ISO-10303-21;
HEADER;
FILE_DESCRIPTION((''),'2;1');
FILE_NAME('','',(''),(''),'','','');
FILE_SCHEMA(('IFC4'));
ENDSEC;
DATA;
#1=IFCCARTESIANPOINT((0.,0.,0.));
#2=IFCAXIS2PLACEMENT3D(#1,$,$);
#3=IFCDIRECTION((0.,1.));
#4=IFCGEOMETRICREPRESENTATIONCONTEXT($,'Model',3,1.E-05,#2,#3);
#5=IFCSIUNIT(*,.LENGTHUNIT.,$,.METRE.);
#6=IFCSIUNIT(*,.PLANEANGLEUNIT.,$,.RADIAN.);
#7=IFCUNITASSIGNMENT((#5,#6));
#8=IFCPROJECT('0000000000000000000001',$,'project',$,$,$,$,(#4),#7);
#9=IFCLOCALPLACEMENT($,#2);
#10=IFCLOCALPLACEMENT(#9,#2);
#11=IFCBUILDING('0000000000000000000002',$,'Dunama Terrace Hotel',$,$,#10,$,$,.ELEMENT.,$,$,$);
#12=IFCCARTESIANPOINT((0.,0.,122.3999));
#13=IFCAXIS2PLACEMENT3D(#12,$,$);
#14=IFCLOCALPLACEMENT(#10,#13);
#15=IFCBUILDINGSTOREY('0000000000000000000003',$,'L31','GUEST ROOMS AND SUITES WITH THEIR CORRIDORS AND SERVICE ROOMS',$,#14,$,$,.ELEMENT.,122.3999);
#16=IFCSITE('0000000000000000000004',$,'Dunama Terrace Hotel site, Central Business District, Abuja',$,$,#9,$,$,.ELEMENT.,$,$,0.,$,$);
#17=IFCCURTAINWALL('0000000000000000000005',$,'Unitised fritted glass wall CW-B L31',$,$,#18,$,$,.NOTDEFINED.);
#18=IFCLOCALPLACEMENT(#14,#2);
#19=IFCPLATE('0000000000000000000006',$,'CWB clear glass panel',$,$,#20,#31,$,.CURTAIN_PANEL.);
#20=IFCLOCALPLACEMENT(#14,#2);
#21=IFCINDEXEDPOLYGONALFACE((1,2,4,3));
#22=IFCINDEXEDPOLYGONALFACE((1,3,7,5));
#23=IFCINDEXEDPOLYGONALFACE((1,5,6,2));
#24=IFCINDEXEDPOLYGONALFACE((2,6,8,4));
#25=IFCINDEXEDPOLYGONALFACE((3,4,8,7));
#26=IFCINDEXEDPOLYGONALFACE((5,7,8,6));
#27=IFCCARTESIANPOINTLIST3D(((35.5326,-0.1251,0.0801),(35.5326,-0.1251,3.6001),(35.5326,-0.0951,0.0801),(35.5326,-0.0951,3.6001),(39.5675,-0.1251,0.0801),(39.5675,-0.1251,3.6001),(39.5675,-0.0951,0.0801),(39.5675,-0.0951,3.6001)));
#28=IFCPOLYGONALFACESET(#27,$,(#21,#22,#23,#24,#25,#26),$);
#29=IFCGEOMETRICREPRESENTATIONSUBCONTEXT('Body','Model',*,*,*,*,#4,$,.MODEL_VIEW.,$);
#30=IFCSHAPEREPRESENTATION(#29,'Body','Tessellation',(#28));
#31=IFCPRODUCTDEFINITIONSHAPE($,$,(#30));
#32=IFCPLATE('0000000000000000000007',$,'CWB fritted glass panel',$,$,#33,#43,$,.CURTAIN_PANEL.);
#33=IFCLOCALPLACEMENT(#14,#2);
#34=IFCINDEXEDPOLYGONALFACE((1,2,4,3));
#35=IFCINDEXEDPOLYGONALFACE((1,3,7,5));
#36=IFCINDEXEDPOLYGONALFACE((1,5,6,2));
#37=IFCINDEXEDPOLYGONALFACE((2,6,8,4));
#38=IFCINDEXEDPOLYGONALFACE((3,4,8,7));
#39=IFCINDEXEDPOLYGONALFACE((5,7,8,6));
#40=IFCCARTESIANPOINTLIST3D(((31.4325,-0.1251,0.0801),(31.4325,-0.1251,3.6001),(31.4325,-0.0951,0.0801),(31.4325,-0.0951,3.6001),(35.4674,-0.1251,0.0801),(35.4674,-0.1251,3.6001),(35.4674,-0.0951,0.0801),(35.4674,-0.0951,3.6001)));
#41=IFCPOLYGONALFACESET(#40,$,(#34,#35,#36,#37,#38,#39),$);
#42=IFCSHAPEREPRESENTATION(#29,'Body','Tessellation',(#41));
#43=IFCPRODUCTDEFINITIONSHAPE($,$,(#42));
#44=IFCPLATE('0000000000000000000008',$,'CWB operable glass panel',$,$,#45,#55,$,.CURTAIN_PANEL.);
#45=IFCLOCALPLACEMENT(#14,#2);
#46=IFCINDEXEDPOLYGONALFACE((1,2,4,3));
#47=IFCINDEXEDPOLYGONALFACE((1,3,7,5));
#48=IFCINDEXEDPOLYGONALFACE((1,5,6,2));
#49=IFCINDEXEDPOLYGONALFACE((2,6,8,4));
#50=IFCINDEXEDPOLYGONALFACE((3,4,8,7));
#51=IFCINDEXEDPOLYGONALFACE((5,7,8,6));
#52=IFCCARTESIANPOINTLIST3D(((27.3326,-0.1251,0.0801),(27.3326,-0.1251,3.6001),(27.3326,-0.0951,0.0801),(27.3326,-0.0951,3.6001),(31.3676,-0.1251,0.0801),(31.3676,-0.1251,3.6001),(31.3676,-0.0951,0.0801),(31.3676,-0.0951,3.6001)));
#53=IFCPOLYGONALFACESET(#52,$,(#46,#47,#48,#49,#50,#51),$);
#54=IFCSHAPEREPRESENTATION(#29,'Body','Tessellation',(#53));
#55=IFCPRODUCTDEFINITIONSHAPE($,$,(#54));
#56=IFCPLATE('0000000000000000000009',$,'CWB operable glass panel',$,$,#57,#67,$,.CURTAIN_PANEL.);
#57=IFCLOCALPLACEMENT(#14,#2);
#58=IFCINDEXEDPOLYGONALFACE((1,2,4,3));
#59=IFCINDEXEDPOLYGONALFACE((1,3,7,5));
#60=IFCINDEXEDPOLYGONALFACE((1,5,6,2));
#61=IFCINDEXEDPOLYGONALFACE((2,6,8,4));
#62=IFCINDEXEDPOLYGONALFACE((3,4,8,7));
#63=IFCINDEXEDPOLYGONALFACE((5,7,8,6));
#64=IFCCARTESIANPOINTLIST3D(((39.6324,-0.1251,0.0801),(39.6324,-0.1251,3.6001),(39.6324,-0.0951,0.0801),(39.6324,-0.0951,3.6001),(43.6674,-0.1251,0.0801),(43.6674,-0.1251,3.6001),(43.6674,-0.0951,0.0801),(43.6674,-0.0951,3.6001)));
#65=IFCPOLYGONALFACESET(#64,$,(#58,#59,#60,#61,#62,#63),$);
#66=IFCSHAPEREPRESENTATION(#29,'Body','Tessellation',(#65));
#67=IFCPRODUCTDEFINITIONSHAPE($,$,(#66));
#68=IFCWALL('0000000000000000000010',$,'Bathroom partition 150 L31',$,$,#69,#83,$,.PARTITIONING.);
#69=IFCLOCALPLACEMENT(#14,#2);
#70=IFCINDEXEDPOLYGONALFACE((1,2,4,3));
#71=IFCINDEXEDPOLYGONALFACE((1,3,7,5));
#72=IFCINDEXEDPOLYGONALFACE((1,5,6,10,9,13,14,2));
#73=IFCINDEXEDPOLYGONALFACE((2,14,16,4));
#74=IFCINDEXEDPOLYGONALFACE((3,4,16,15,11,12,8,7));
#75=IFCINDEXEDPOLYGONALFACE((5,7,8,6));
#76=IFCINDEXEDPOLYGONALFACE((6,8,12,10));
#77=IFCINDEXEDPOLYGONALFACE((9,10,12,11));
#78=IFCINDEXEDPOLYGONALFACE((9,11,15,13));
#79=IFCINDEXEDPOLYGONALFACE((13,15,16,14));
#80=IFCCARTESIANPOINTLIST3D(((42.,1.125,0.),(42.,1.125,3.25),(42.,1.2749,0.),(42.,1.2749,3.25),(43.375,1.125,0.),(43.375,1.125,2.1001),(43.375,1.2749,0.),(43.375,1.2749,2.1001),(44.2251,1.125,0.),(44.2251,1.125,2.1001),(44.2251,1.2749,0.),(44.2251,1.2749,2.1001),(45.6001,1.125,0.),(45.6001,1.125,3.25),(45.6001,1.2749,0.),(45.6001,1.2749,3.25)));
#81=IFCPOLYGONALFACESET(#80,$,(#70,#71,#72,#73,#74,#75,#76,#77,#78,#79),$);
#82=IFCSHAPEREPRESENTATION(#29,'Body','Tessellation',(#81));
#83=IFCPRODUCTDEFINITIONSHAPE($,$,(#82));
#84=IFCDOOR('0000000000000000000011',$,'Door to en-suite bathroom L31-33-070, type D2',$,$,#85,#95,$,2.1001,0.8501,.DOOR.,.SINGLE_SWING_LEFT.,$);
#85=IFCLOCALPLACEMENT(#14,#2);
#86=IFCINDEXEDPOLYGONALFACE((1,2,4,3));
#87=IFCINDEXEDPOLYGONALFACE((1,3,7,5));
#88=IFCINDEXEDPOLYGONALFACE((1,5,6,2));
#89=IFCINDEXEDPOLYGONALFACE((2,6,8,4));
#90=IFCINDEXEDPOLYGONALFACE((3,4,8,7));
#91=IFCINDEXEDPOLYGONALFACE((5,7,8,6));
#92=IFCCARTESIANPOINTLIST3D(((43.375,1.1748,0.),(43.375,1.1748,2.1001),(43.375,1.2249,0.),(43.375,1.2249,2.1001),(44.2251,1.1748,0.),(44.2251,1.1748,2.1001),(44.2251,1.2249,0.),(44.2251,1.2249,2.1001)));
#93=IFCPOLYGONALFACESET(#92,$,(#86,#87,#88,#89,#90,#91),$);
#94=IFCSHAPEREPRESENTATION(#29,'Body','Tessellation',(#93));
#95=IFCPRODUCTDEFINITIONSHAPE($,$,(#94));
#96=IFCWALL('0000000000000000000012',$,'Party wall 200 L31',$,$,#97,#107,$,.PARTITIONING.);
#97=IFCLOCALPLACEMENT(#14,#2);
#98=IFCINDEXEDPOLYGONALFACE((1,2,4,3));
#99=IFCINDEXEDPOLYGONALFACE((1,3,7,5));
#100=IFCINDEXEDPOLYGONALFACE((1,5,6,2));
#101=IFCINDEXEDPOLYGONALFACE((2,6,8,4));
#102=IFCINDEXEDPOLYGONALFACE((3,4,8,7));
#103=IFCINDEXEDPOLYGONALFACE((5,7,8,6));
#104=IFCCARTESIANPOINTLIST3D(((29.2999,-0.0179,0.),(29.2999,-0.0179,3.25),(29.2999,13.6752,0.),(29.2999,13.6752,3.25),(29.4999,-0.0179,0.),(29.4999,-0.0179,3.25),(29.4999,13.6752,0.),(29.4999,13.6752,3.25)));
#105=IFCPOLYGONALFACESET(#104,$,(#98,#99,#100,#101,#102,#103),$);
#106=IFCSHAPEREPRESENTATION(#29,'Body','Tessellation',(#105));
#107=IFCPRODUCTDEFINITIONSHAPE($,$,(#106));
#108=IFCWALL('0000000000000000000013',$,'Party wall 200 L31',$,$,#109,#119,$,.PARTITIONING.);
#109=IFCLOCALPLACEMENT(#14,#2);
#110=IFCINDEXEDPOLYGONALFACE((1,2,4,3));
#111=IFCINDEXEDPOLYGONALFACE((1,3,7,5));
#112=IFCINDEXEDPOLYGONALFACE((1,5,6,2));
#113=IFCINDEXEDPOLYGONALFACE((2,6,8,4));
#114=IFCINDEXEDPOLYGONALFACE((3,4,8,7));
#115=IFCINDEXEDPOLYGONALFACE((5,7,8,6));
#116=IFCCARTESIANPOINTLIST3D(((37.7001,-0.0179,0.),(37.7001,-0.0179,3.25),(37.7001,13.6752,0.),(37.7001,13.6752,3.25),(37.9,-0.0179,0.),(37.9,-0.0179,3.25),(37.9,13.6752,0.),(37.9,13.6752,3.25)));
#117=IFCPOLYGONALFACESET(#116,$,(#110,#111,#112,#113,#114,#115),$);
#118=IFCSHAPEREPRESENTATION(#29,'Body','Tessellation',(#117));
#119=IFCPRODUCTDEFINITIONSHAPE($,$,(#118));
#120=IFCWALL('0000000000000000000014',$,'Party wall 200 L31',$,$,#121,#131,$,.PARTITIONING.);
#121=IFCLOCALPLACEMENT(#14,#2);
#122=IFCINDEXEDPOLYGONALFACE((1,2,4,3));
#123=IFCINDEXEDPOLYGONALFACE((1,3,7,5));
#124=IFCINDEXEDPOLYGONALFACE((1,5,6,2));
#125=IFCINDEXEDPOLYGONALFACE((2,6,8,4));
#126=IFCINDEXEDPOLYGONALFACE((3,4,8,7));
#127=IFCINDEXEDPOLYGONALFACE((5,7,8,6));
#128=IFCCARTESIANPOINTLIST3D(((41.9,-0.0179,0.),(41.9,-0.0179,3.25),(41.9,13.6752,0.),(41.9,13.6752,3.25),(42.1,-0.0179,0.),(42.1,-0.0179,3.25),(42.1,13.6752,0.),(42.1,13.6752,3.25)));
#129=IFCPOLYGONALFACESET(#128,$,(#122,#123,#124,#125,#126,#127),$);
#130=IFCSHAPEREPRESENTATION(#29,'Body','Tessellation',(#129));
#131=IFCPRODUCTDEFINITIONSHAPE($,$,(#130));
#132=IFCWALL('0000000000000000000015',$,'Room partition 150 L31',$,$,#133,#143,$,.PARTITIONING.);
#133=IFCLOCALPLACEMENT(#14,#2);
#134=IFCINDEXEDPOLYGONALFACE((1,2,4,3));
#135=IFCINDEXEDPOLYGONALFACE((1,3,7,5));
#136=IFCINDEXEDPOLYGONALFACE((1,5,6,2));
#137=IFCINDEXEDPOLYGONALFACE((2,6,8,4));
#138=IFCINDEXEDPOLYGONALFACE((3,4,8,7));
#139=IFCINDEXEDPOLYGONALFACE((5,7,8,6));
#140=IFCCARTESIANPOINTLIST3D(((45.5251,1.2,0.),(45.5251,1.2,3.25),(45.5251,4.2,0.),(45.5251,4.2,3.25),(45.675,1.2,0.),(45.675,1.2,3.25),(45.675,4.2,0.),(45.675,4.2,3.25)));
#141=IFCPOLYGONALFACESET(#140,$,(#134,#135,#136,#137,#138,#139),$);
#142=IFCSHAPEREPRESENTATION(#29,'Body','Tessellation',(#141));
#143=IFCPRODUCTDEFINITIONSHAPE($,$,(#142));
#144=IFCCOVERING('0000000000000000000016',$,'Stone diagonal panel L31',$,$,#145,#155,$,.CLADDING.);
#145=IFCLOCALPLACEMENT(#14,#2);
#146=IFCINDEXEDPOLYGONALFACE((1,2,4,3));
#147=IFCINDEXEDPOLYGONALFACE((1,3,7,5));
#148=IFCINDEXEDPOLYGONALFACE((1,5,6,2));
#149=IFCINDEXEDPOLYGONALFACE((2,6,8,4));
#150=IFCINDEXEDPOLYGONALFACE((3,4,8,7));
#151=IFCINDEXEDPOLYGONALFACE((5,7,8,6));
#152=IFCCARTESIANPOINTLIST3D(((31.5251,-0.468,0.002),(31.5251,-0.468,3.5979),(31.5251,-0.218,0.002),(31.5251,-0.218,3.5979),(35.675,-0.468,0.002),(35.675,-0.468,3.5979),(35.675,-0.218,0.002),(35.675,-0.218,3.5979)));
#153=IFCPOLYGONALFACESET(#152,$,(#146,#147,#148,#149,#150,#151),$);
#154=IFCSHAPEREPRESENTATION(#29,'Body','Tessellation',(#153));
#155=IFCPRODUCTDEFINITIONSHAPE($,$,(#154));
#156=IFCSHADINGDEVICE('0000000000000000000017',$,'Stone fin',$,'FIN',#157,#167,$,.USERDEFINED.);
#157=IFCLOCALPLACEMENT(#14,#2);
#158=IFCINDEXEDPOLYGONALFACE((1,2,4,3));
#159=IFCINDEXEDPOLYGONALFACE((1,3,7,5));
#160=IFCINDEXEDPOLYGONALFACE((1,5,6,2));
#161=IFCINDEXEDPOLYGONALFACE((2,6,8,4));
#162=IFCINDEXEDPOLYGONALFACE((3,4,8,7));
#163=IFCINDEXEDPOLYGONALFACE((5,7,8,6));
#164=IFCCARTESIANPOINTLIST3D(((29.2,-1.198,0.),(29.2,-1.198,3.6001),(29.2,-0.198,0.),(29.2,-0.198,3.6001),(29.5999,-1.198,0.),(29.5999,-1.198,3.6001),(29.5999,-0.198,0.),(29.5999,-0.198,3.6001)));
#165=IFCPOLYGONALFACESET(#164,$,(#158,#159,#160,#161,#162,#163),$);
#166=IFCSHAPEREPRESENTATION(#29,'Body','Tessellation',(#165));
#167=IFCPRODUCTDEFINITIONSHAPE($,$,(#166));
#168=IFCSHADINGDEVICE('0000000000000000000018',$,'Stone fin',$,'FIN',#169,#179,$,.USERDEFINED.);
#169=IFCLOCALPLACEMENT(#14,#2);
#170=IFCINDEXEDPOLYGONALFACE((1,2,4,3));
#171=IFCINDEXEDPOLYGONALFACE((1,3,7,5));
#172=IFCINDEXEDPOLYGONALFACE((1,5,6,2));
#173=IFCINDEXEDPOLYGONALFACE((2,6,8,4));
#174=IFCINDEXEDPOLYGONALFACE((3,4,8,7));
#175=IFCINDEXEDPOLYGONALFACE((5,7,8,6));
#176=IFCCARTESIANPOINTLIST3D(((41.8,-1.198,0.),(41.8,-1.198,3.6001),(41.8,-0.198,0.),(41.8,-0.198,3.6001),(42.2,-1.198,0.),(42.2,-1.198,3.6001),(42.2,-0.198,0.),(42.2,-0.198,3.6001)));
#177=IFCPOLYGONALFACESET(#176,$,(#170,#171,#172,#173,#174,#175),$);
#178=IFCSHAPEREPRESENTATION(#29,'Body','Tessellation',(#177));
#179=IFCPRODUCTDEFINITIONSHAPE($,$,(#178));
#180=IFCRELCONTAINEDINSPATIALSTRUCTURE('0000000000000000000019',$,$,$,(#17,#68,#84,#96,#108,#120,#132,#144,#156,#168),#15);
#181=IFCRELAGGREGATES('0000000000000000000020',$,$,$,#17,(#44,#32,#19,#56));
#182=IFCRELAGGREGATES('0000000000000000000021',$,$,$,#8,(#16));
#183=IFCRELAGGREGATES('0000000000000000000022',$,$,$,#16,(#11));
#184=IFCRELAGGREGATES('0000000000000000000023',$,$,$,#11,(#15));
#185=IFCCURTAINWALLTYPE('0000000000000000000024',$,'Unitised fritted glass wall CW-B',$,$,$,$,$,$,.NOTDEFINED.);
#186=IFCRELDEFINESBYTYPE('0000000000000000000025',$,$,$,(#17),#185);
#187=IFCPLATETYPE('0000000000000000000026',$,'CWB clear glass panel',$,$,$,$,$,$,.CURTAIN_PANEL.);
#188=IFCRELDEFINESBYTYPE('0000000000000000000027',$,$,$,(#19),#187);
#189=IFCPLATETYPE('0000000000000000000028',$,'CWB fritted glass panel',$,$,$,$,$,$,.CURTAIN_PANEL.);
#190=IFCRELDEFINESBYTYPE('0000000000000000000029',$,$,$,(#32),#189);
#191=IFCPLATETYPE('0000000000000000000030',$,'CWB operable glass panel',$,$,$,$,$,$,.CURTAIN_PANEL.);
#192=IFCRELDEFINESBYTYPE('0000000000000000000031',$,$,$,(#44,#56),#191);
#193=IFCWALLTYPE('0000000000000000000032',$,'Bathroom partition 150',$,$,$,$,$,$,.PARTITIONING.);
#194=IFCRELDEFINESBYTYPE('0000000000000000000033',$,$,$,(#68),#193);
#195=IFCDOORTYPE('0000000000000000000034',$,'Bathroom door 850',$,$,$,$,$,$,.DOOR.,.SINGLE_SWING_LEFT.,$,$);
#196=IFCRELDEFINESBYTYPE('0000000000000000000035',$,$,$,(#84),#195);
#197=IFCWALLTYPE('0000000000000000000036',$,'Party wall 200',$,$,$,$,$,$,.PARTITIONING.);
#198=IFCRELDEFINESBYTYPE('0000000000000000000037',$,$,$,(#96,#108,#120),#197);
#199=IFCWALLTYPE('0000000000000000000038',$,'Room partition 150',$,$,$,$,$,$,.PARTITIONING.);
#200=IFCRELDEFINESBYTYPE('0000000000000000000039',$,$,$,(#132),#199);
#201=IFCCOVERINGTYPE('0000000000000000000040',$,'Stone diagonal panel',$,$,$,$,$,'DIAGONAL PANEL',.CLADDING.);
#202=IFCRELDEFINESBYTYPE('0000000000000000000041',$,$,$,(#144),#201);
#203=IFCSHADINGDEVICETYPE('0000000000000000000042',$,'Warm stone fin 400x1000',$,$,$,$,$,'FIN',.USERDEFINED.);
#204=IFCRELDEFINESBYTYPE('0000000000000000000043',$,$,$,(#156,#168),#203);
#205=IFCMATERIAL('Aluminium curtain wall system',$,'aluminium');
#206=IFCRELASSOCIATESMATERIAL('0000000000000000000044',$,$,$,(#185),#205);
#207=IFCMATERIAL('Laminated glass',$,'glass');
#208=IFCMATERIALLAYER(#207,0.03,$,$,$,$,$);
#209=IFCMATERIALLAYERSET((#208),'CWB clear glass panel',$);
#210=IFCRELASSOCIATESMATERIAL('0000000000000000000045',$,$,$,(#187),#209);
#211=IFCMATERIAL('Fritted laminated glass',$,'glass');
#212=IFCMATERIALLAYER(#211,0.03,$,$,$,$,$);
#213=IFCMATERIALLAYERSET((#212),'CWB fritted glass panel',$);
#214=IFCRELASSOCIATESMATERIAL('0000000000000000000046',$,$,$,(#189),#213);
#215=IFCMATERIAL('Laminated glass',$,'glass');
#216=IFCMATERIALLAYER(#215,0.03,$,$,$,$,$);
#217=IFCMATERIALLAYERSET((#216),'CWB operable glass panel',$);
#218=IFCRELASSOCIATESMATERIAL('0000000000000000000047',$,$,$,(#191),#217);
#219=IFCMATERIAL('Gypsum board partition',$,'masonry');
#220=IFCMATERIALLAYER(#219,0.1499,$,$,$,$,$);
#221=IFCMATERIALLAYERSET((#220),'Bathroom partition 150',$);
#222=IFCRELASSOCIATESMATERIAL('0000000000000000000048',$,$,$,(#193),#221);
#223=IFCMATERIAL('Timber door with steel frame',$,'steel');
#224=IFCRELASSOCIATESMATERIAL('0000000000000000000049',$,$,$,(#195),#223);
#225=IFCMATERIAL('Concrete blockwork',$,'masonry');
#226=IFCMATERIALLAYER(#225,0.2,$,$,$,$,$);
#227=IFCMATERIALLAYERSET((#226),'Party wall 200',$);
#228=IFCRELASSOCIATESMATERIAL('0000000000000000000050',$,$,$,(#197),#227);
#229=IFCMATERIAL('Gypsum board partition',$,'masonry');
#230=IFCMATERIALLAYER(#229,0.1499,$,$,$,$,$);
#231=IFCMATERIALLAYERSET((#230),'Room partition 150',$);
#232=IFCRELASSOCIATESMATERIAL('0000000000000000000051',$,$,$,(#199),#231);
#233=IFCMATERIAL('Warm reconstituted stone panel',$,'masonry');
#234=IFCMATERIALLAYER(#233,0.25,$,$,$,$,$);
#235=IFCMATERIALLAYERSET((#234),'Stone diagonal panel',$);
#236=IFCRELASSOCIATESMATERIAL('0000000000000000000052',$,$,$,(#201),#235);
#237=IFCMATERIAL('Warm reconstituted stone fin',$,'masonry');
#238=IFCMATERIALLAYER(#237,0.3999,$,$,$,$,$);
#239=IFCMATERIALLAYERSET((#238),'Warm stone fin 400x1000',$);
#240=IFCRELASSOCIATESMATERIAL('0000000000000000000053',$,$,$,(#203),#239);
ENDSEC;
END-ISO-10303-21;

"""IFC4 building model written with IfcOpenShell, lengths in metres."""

from ifc_helpers import new_model, si_unit, direction, frame, frame_2d, origin, origin_2d, place, context, subcontext, project, spatial, rectangle, extrude, material, layer, layer_set, type_object, element, fill, aggregate, save


model = new_model("IFC4")

# Units and contexts
model_context = context("Model", 3, precision=1e-05, world=origin(), true_north=direction((0.0, 1.0)))
body_context = subcontext(model_context, "Body", "Model", "MODEL_VIEW")
ifc_project = project(units=[si_unit("LENGTHUNIT", "METRE"), si_unit("PLANEANGLEUNIT", "RADIAN")], contexts=[model_context])

# Site, building, storey
site_placement = place(None, origin())
site = spatial("IfcSite", under=ifc_project, at=site_placement, Name="Dunama Terrace Hotel site, Central Business District, Abuja", CompositionType="ELEMENT", RefElevation=0.0)
building_placement = place(site_placement, origin())
building = spatial("IfcBuilding", under=site, at=building_placement, Name="Dunama Terrace Hotel", CompositionType="ELEMENT")
storey_placement = place(building_placement, frame((0.0, 0.0, 122.3999)))
storey = spatial("IfcBuildingStorey", under=building, at=storey_placement, Name="L31", Description="GUEST ROOMS AND SUITES WITH THEIR CORRIDORS AND SERVICE ROOMS", CompositionType="ELEMENT", Elevation=122.3999)

# Curtain wall
ifc_material_1 = material(Name="Aluminium curtain wall system", Category="aluminium")
curtain_wall_type = type_object("IfcCurtainWallType", Name="Unitised fritted glass wall CW-B", PredefinedType="NOTDEFINED", material=ifc_material_1)
curtain_wall_placement = place(storey_placement, origin())
curtain_wall = element("IfcCurtainWall", 1, at=curtain_wall_placement, inside=storey, type_object=curtain_wall_type, Name="Unitised fritted glass wall CW-B L31", PredefinedType="NOTDEFINED")

# Plates
ifc_material_2 = material(Name="Laminated glass", Category="glass")
ifc_layer_1 = layer(ifc_material_2, 0.03)
ifc_layer_set_1 = layer_set([ifc_layer_1], Name="CWB clear glass panel")
plate_type_1 = type_object("IfcPlateType", Name="CWB clear glass panel", PredefinedType="CURTAIN_PANEL", material=ifc_layer_set_1)
plate_1_placement = place(storey_placement, frame((37.55, -0.1101, 0.0801), z_axis=(0.0, 0.0, 1.0), x_axis=(1.0, 0.0, 0.0)))
plate_1 = element("IfcPlate", 2, at=plate_1_placement, type_object=plate_type_1, Name="CWB clear glass panel", PredefinedType="CURTAIN_PANEL", context=body_context, shape_type="SweptSolid", body=[
    extrude(rectangle(XDim=4.0349, YDim=0.03, at=origin_2d()), origin(), (0.0, 0.0, 1.0), 3.52),
])
ifc_material_3 = material(Name="Fritted laminated glass", Category="glass")
ifc_layer_2 = layer(ifc_material_3, 0.03)
ifc_layer_set_2 = layer_set([ifc_layer_2], Name="CWB fritted glass panel")
plate_type_2 = type_object("IfcPlateType", Name="CWB fritted glass panel", PredefinedType="CURTAIN_PANEL", material=ifc_layer_set_2)
plate_2_placement = place(storey_placement, frame((33.45, -0.1101, 0.0801), z_axis=(0.0, 0.0, 1.0), x_axis=(1.0, 0.0, 0.0)))
plate_2 = element("IfcPlate", 3, at=plate_2_placement, type_object=plate_type_2, Name="CWB fritted glass panel", PredefinedType="CURTAIN_PANEL", context=body_context, shape_type="SweptSolid", body=[
    extrude(rectangle(XDim=4.0349, YDim=0.03, at=origin_2d()), origin(), (0.0, 0.0, 1.0), 3.52),
])
ifc_material_4 = material(Name="Laminated glass", Category="glass")
ifc_layer_3 = layer(ifc_material_4, 0.03)
ifc_layer_set_3 = layer_set([ifc_layer_3], Name="CWB operable glass panel")
plate_type_3 = type_object("IfcPlateType", Name="CWB operable glass panel", PredefinedType="CURTAIN_PANEL", material=ifc_layer_set_3)
plate_3_placement = place(storey_placement, frame((29.3501, -0.1101, 0.0801), z_axis=(0.0, 0.0, 1.0), x_axis=(1.0, 0.0, 0.0)))
plate_3 = element("IfcPlate", 4, at=plate_3_placement, type_object=plate_type_3, Name="CWB operable glass panel", PredefinedType="CURTAIN_PANEL", context=body_context, shape_type="SweptSolid", body=[
    extrude(rectangle(XDim=4.0349, YDim=0.03, at=origin_2d()), origin(), (0.0, 0.0, 1.0), 3.52),
])
plate_4_placement = place(storey_placement, frame((41.6499, -0.1101, 0.0801), z_axis=(0.0, 0.0, 1.0), x_axis=(1.0, 0.0, 0.0)))
plate_4 = element("IfcPlate", 5, at=plate_4_placement, type_object=plate_type_3, Name="CWB operable glass panel", PredefinedType="CURTAIN_PANEL", context=body_context, shape_type="SweptSolid", body=[
    extrude(rectangle(XDim=4.0349, YDim=0.03, at=origin_2d()), origin(), (0.0, 0.0, 1.0), 3.52),
])
aggregate(curtain_wall, [plate_3, plate_2, plate_1, plate_4])

# Wall, opening, door
ifc_material_5 = material(Name="Gypsum board partition", Category="masonry")
ifc_layer_4 = layer(ifc_material_5, 0.1499)
ifc_layer_set_4 = layer_set([ifc_layer_4], Name="Bathroom partition 150")
wall_type_1 = type_object("IfcWallType", Name="Bathroom partition 150", PredefinedType="PARTITIONING", material=ifc_layer_set_4)
wall_1_placement = place(storey_placement, frame((42.0, 1.2, 0.0), z_axis=(0.0, 0.0, 1.0), x_axis=(1.0, 0.0, 0.0)))
wall_1 = element("IfcWall", 6, at=wall_1_placement, inside=storey, type_object=wall_type_1, Name="Bathroom partition 150 L31", PredefinedType="PARTITIONING", context=body_context, shape_type="SweptSolid", body=[
    extrude(rectangle(XDim=3.6001, YDim=0.1499, at=frame_2d((1.8, 0.0))), origin(), (0.0, 0.0, 1.0), 3.25),
])
opening_placement = place(wall_1_placement, frame((1.375, 0.0, 0.0)))
opening = element("IfcOpeningElement", 7, at=opening_placement, cuts=wall_1, PredefinedType="OPENING", context=body_context, shape_type="SweptSolid", body=[
    extrude(rectangle(XDim=0.8501, YDim=2.1001, at=frame_2d((0.425, 1.05))), frame((0.0, 0.085, 0.0), z_axis=(0.0, -1.0, 0.0), x_axis=(1.0, 0.0, 0.0)), (0.0, 0.0, 1.0), 0.1699),
])
ifc_material_6 = material(Name="Timber door with steel frame", Category="steel")
door_type = type_object("IfcDoorType", Name="Bathroom door 850", OperationType="SINGLE_SWING_LEFT", PredefinedType="DOOR", material=ifc_material_6)
door_placement = place(opening_placement, origin())
door = element("IfcDoor", 8, at=door_placement, inside=storey, type_object=door_type, Name="Door to en-suite bathroom L31-33-070, type D2", OperationType="SINGLE_SWING_LEFT", OverallHeight=2.1001, OverallWidth=0.8501, PredefinedType="DOOR", context=body_context, shape_type="SweptSolid", body=[
    extrude(rectangle(XDim=0.8501, YDim=2.1001, at=frame_2d((0.425, 1.05))), frame((0.0, 0.0249, 0.0), z_axis=(0.0, -1.0, 0.0), x_axis=(1.0, 0.0, 0.0)), (0.0, 0.0, 1.0), 0.05),
])
fill(opening, door)

# Walls
ifc_material_7 = material(Name="Concrete blockwork", Category="masonry")
ifc_layer_5 = layer(ifc_material_7, 0.2)
ifc_layer_set_5 = layer_set([ifc_layer_5], Name="Party wall 200")
wall_type_2 = type_object("IfcWallType", Name="Party wall 200", PredefinedType="PARTITIONING", material=ifc_layer_set_5)
for number, where, z_axis, x_axis, name in (
    (9, (29.3999, -0.0181, 0.0), (0.0, 0.0, 1.0), (0.0, 1.0, 0.0), "Party wall 200 L31"),
    (10, (37.8, -0.0181, 0.0), (0.0, 0.0, 1.0), (0.0, 1.0, 0.0), "Party wall 200 L31"),
    (11, (42.0, -0.0181, 0.0), (0.0, 0.0, 1.0), (0.0, 1.0, 0.0), "Party wall 200 L31"),
):
    element("IfcWall", number, at=place(storey_placement, frame(where, z_axis=z_axis, x_axis=x_axis)), inside=storey, type_object=wall_type_2, Name=name, PredefinedType="PARTITIONING", context=body_context, shape_type="SweptSolid", body=[
        extrude(rectangle(XDim=13.6931, YDim=0.2, at=frame_2d((6.8467, 0.0))), origin(), (0.0, 0.0, 1.0), 3.25),
    ])
ifc_material_8 = material(Name="Gypsum board partition", Category="masonry")
ifc_layer_6 = layer(ifc_material_8, 0.1499)
ifc_layer_set_6 = layer_set([ifc_layer_6], Name="Room partition 150")
wall_type_3 = type_object("IfcWallType", Name="Room partition 150", PredefinedType="PARTITIONING", material=ifc_layer_set_6)
wall_2_placement = place(storey_placement, frame((45.6001, 1.2, 0.0), z_axis=(0.0, 0.0, 1.0), x_axis=(0.0, 1.0, 0.0)))
element("IfcWall", 12, at=wall_2_placement, inside=storey, type_object=wall_type_3, Name="Room partition 150 L31", PredefinedType="PARTITIONING", context=body_context, shape_type="SweptSolid", body=[
    extrude(rectangle(XDim=3.0, YDim=0.1499, at=frame_2d((1.5, 0.0))), origin(), (0.0, 0.0, 1.0), 3.25),
])

# Covering
ifc_material_9 = material(Name="Warm reconstituted stone panel", Category="masonry")
ifc_layer_7 = layer(ifc_material_9, 0.25)
ifc_layer_set_7 = layer_set([ifc_layer_7], Name="Stone diagonal panel")
covering_type = type_object("IfcCoveringType", Name="Stone diagonal panel", ElementType="DIAGONAL PANEL", PredefinedType="CLADDING", material=ifc_layer_set_7)
covering_placement = place(storey_placement, frame((33.6001, -0.343, 0.002), z_axis=(0.0, 0.0, 1.0), x_axis=(1.0, 0.0, 0.0)))
element("IfcCovering", 13, at=covering_placement, inside=storey, type_object=covering_type, Name="Stone diagonal panel L31", PredefinedType="CLADDING", context=body_context, shape_type="SweptSolid", body=[
    extrude(rectangle(XDim=4.1499, YDim=0.25, at=origin_2d()), origin(), (0.0, 0.0, 1.0), 3.5959),
])

# Shading devices
ifc_material_10 = material(Name="Warm reconstituted stone fin", Category="masonry")
ifc_layer_8 = layer(ifc_material_10, 0.3999)
ifc_layer_set_8 = layer_set([ifc_layer_8], Name="Warm stone fin 400x1000")
shading_device_type = type_object("IfcShadingDeviceType", Name="Warm stone fin 400x1000", ElementType="FIN", PredefinedType="USERDEFINED", material=ifc_layer_set_8)
for number, where, z_axis, x_axis, name in (
    (14, (29.3999, -0.698, 0.0), (0.0, 0.0, 1.0), (1.0, 0.0, 0.0), "Stone fin"),
    (15, (42.0, -0.698, 0.0), (0.0, 0.0, 1.0), (1.0, 0.0, 0.0), "Stone fin"),
):
    element("IfcShadingDevice", number, at=place(storey_placement, frame(where, z_axis=z_axis, x_axis=x_axis)), inside=storey, type_object=shading_device_type, Name=name, ObjectType="FIN", PredefinedType="USERDEFINED", context=body_context, shape_type="SweptSolid", body=[
        extrude(rectangle(XDim=0.3999, YDim=1.0, at=origin_2d()), origin(), (0.0, 0.0, 1.0), 3.6001),
    ])

save(model, "model.ifc")
